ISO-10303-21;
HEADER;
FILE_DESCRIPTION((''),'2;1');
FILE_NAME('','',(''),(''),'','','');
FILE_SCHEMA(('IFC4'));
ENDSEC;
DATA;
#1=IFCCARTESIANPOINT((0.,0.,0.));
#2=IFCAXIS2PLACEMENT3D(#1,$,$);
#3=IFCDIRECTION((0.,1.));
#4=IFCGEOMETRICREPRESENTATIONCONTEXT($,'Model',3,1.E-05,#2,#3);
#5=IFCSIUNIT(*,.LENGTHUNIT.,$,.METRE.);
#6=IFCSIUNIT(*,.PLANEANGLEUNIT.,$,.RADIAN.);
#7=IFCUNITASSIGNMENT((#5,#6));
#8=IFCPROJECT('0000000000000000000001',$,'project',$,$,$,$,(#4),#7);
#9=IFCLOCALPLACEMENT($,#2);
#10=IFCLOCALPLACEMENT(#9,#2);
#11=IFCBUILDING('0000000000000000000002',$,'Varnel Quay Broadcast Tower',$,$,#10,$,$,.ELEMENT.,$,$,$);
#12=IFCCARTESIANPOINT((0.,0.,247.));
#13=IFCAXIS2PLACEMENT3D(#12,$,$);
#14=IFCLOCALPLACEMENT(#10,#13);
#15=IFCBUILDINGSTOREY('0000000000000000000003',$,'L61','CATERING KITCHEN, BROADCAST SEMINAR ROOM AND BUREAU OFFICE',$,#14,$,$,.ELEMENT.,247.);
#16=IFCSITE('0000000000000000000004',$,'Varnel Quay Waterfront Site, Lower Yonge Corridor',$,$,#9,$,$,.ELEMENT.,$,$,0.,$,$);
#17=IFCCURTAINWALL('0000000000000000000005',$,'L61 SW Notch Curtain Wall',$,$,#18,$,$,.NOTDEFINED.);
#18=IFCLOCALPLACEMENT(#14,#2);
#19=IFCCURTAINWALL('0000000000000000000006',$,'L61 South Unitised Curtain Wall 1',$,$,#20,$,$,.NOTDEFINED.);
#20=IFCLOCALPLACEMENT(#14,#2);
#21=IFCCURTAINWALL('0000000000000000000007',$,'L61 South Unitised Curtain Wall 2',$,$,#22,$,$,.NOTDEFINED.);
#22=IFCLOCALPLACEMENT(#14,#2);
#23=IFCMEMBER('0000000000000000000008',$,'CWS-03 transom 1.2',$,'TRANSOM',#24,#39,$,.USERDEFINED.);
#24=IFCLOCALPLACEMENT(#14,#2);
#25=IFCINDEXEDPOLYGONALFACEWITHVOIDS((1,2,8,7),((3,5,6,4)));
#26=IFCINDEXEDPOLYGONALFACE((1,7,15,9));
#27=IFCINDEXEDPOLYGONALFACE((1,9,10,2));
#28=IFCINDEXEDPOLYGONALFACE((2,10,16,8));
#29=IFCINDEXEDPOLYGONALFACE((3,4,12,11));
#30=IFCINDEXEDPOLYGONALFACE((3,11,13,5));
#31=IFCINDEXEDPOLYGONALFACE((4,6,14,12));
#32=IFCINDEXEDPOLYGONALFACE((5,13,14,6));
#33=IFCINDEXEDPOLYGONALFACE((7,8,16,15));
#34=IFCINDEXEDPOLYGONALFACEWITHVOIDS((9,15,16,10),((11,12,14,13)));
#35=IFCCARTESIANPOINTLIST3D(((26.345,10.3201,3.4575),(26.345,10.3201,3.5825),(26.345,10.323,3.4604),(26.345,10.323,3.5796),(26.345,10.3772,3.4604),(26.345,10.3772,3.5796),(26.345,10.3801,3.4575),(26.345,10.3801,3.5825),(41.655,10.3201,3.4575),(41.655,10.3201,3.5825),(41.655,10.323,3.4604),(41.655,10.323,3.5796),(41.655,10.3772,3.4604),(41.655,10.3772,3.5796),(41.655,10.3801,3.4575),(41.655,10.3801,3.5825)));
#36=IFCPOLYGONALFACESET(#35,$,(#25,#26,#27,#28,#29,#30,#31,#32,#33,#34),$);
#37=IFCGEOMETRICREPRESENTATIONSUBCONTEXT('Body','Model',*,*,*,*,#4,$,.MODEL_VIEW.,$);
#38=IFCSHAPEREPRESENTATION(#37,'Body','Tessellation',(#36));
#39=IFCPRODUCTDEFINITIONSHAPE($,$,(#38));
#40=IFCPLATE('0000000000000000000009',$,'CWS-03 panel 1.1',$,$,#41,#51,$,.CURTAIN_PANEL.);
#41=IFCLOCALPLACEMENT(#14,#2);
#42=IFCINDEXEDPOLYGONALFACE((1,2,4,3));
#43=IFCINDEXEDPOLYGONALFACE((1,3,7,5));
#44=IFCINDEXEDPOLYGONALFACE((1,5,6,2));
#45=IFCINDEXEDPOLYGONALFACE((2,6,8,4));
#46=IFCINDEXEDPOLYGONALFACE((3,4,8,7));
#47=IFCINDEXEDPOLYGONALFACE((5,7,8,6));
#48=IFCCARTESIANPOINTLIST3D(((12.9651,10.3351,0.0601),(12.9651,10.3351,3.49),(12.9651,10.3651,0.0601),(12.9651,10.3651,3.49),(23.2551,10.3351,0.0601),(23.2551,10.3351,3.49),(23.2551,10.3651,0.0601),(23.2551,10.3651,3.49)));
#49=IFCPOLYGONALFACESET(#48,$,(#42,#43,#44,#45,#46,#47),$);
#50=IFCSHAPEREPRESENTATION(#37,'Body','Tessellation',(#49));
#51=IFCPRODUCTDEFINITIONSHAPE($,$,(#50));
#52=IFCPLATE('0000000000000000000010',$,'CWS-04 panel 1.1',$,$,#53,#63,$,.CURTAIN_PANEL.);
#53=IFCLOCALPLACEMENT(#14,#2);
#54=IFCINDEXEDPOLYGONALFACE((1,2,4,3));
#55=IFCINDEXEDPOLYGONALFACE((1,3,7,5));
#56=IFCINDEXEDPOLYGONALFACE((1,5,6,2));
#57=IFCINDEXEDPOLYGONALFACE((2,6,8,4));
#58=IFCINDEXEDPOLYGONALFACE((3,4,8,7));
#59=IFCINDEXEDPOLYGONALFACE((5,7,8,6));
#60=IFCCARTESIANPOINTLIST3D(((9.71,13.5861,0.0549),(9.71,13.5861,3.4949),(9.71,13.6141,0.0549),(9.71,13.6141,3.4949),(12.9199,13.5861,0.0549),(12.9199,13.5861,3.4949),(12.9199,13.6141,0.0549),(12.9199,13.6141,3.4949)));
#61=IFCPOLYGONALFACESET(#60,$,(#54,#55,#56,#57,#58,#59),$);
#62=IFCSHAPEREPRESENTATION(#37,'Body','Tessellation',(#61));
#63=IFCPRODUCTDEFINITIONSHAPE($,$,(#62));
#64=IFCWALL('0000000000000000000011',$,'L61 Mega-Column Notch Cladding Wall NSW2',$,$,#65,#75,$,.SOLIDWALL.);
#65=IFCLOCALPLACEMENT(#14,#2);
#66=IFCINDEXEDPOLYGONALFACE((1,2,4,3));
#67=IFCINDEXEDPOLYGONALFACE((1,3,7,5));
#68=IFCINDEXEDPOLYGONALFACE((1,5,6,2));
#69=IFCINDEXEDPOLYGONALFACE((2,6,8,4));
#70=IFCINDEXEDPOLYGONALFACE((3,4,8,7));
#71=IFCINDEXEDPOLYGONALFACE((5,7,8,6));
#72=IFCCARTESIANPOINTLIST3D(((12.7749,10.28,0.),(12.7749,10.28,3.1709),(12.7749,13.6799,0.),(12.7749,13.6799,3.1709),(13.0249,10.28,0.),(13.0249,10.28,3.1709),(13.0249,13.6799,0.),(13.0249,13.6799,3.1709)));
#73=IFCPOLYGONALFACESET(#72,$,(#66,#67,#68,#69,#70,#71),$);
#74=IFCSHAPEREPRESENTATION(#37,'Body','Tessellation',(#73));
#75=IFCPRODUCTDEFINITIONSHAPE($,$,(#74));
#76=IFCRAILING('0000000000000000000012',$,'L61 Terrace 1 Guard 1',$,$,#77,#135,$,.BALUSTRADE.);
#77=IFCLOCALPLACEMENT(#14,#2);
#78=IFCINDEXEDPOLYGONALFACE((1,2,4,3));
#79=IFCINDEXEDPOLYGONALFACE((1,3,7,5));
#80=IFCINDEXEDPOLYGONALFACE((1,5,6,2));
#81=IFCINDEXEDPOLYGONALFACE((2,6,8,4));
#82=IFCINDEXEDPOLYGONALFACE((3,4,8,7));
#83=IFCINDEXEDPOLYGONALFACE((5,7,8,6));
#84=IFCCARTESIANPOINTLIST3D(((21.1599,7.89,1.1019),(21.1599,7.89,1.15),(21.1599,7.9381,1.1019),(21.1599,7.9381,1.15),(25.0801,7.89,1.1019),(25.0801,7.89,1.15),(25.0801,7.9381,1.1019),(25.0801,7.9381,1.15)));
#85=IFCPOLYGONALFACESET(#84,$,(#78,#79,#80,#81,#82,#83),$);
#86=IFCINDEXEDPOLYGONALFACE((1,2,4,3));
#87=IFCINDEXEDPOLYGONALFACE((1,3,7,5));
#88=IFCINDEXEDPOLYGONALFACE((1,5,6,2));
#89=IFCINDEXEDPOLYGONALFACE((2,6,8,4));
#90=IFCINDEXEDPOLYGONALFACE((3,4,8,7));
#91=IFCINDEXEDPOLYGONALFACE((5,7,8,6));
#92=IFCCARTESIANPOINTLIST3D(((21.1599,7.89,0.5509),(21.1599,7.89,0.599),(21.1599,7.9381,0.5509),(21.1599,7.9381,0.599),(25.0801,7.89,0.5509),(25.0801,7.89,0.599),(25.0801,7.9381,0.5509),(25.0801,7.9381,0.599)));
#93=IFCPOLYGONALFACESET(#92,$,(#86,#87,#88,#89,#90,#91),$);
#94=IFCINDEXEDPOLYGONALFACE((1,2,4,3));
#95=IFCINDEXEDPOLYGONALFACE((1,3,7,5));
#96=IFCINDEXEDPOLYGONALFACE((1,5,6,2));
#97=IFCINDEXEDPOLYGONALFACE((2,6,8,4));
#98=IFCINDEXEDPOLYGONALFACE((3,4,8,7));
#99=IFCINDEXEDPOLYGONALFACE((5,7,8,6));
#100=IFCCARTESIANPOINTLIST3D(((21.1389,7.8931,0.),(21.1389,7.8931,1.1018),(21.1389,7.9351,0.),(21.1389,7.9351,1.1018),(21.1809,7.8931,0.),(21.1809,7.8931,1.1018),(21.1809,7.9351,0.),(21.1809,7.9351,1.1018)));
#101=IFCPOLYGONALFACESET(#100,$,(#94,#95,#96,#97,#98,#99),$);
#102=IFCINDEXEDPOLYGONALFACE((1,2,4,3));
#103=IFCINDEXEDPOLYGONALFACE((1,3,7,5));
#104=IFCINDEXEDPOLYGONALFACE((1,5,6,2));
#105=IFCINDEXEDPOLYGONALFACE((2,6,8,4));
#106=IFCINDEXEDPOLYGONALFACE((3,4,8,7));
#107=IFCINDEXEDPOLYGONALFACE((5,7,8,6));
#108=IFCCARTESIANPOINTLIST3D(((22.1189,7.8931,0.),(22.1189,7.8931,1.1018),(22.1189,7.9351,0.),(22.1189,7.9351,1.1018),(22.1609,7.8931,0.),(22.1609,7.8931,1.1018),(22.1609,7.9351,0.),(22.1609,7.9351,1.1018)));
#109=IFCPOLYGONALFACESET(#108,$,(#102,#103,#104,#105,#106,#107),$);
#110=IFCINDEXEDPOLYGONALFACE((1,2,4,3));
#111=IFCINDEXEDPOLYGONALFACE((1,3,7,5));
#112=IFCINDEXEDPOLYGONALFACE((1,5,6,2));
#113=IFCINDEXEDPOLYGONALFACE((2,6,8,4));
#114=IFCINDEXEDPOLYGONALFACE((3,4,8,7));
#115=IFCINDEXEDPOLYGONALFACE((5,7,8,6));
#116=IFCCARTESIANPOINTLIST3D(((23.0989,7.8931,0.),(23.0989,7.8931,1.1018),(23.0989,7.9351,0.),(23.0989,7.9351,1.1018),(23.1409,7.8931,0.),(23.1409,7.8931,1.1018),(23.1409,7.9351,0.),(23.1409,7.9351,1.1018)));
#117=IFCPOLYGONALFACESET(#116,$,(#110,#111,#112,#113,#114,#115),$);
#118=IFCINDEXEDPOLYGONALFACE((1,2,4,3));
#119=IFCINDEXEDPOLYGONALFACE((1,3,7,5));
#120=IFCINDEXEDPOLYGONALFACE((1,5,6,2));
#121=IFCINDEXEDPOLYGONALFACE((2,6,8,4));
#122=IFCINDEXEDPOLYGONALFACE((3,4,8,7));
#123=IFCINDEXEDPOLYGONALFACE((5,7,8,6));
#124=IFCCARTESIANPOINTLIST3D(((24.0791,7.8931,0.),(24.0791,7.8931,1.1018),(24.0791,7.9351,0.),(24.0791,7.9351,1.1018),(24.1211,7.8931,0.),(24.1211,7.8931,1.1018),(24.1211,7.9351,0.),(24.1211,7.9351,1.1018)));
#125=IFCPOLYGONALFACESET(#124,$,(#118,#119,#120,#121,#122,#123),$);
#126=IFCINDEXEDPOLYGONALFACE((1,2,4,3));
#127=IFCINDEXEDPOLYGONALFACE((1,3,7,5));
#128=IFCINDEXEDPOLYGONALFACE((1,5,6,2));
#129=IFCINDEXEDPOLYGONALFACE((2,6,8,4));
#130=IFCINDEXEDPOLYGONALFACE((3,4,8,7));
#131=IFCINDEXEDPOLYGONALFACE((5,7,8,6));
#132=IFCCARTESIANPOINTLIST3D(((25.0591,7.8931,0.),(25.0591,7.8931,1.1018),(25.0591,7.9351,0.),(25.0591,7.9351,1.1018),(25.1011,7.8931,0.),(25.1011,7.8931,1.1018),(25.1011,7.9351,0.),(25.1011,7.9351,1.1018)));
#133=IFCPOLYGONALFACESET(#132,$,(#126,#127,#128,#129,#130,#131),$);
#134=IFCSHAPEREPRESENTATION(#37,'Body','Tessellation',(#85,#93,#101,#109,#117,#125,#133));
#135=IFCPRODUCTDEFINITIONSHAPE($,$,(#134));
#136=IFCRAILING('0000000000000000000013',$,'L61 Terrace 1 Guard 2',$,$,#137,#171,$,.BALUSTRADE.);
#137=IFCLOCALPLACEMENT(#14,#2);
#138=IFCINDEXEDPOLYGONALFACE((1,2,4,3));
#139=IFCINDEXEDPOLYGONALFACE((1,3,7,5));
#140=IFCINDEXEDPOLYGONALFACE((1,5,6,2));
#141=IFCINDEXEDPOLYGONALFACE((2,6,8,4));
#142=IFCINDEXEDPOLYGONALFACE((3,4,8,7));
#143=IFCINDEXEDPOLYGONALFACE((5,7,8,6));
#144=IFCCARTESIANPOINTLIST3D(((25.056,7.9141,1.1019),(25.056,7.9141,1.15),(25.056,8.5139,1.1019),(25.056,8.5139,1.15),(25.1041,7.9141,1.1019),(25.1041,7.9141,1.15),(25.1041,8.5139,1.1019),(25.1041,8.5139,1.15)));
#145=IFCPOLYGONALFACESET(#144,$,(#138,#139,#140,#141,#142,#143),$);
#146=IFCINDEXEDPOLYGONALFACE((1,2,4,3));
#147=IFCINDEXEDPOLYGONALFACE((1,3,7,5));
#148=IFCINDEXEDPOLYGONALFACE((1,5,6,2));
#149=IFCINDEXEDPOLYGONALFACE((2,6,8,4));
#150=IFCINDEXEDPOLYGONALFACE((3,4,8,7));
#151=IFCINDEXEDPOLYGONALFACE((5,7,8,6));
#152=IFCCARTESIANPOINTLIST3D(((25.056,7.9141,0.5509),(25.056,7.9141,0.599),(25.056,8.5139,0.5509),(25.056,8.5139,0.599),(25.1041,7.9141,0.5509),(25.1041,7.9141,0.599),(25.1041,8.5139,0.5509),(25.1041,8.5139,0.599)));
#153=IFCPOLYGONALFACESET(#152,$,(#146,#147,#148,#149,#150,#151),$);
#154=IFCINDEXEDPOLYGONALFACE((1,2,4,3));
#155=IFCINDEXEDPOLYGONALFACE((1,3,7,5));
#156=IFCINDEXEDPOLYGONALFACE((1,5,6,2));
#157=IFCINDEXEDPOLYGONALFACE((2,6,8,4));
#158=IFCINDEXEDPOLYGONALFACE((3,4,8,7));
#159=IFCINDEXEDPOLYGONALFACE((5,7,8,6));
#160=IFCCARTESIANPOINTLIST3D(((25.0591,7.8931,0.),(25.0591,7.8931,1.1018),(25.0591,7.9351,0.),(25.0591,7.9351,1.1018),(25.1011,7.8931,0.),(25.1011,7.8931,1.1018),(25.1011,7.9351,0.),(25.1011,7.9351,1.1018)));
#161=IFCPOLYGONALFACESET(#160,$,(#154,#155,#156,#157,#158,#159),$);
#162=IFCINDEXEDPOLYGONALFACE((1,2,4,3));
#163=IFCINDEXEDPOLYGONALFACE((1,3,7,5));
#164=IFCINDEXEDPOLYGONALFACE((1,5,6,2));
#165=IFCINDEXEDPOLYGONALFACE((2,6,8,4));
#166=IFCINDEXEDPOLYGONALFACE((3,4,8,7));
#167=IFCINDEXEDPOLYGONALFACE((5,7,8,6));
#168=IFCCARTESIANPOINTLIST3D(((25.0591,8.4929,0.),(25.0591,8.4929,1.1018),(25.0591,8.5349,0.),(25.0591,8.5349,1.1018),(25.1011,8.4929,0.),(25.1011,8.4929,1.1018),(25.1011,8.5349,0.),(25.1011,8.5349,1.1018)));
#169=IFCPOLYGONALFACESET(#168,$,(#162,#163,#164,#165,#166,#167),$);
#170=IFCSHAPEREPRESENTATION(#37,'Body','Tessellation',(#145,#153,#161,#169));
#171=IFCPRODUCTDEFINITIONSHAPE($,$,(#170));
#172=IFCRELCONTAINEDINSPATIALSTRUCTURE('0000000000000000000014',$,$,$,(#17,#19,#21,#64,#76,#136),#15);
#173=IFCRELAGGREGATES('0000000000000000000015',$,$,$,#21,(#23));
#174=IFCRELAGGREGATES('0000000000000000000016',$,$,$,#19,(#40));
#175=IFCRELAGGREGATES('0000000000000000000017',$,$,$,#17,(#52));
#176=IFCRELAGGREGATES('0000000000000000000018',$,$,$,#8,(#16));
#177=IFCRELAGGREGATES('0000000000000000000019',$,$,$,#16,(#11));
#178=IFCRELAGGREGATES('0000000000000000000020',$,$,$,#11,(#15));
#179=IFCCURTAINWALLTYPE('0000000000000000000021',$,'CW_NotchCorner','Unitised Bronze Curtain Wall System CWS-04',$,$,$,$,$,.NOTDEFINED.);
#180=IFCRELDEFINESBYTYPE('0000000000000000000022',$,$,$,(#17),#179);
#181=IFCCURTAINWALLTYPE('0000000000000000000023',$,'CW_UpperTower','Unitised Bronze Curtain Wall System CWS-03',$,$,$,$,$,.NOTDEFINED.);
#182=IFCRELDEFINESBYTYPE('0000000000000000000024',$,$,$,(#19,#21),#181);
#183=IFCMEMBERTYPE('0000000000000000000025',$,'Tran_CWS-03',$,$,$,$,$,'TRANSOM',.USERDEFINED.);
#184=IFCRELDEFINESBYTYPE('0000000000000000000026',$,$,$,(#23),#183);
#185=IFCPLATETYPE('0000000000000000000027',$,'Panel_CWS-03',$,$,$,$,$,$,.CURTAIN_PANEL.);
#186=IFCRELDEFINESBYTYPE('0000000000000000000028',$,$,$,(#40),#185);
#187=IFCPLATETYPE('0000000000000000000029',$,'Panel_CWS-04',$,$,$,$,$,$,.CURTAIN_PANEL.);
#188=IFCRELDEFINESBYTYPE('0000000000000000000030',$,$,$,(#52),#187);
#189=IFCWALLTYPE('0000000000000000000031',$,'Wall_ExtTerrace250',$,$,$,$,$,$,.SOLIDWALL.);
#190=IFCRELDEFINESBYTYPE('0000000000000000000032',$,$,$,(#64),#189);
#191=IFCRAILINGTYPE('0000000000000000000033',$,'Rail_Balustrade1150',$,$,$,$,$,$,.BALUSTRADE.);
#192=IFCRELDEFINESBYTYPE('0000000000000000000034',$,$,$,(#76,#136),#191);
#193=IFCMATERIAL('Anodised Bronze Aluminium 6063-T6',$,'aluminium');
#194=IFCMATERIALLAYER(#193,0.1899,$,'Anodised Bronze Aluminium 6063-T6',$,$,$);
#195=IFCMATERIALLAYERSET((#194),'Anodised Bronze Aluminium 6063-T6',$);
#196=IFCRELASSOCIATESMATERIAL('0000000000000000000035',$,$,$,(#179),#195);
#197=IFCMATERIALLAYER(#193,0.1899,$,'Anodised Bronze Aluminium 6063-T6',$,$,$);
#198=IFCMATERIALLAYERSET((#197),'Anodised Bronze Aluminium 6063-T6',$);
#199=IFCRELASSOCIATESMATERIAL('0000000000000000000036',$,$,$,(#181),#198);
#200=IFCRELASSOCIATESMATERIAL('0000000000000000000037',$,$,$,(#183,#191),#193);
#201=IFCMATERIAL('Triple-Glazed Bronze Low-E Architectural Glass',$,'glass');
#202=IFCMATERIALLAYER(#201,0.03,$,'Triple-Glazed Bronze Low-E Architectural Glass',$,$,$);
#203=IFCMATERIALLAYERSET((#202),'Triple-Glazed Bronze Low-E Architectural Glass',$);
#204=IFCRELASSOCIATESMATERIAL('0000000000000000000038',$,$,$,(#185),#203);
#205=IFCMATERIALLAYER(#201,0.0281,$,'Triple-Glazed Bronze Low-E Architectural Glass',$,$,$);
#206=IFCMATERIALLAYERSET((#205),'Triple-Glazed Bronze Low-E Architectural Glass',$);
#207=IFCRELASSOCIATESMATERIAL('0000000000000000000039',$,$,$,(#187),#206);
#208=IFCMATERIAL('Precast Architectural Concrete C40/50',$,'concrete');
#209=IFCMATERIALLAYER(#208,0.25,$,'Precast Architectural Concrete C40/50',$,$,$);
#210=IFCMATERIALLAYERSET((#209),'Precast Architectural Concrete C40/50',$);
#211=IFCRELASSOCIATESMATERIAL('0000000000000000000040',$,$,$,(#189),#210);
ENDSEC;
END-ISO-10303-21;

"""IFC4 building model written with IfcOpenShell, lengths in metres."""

from ifc_helpers import new_model, si_unit, direction, frame, frame_2d, origin, origin_2d, place, context, subcontext, project, spatial, rectangle, hollow_rectangle, extrude, source, transform, mapped, material, layer, layer_set, material_profile, profile_set, type_object, type_shapes, element, aggregate, save


model = new_model("IFC4")

# Units and contexts
model_context = context("Model", 3, precision=1e-05, world=origin(), true_north=direction((0.0, 1.0)))
body_context = subcontext(model_context, "Body", "Model", "MODEL_VIEW")
ifc_project = project(units=[si_unit("LENGTHUNIT", "METRE"), si_unit("PLANEANGLEUNIT", "RADIAN")], contexts=[model_context])

# Site, building, storey
site_placement = place(None, origin())
site = spatial("IfcSite", under=ifc_project, at=site_placement, Name="Varnel Quay Waterfront Site, Lower Yonge Corridor", CompositionType="ELEMENT", RefElevation=0.0)
building_placement = place(site_placement, origin())
building = spatial("IfcBuilding", under=site, at=building_placement, Name="Varnel Quay Broadcast Tower", CompositionType="ELEMENT")
storey_placement = place(building_placement, frame((0.0, 0.0, 247.0)))
storey = spatial("IfcBuildingStorey", under=building, at=storey_placement, Name="L61", Description="CATERING KITCHEN, BROADCAST SEMINAR ROOM AND BUREAU OFFICE", CompositionType="ELEMENT", Elevation=247.0)

# Curtain wall
ifc_material_1 = material(Name="Anodised Bronze Aluminium 6063-T6", Category="aluminium")
ifc_layer_1 = layer(ifc_material_1, 0.1899, Name="Anodised Bronze Aluminium 6063-T6")
ifc_layer_set_1 = layer_set([ifc_layer_1], Name="Anodised Bronze Aluminium 6063-T6")
curtain_wall_type_1 = type_object("IfcCurtainWallType", Name="CW_NotchCorner", Description="Unitised Bronze Curtain Wall System CWS-04", PredefinedType="NOTDEFINED", material=ifc_layer_set_1)
curtain_wall_1_placement = place(storey_placement, origin())
curtain_wall_1 = element("IfcCurtainWall", 1, at=curtain_wall_1_placement, inside=storey, type_object=curtain_wall_type_1, Name="L61 SW Notch Curtain Wall", PredefinedType="NOTDEFINED")

# Curtain wall
ifc_layer_2 = layer(ifc_material_1, 0.1899, Name="Anodised Bronze Aluminium 6063-T6")
ifc_layer_set_2 = layer_set([ifc_layer_2], Name="Anodised Bronze Aluminium 6063-T6")
curtain_wall_type_2 = type_object("IfcCurtainWallType", Name="CW_UpperTower", Description="Unitised Bronze Curtain Wall System CWS-03", PredefinedType="NOTDEFINED", material=ifc_layer_set_2)
curtain_wall_2_placement = place(storey_placement, origin())
curtain_wall_2 = element("IfcCurtainWall", 2, at=curtain_wall_2_placement, inside=storey, type_object=curtain_wall_type_2, Name="L61 South Unitised Curtain Wall 1", PredefinedType="NOTDEFINED")

# Curtain wall
curtain_wall_3_placement = place(storey_placement, origin())
curtain_wall_3 = element("IfcCurtainWall", 3, at=curtain_wall_3_placement, inside=storey, type_object=curtain_wall_type_2, Name="L61 South Unitised Curtain Wall 2", PredefinedType="NOTDEFINED")

# Member
ifc_material_profile_1 = material_profile(ifc_material_1, hollow_rectangle(XDim=0.0601, YDim=0.125, WallThickness=0.0029, at=origin_2d()), Name="ALU60X125X3")
ifc_profile_set_1 = profile_set([ifc_material_profile_1], Name="Anodised Bronze Aluminium 6063-T6")
member_type_1 = type_object("IfcMemberType", Name="Tran_CWS-03", ElementType="TRANSOM", PredefinedType="USERDEFINED", material=ifc_profile_set_1)
shared_shape_1 = source(origin(), body_context, "Body", "SweptSolid", [
    extrude(hollow_rectangle(XDim=0.0601, YDim=0.125, WallThickness=0.0029, at=origin_2d()), origin(), (0.0, 0.0, 1.0), 15.3101),
])
member_1_placement = place(storey_placement, frame((26.345, 10.3501, 3.52), z_axis=(1.0, 0.0, 0.0), x_axis=(0.0, 1.0, 0.0)))
member_1 = element("IfcMember", 4, at=member_1_placement, type_object=member_type_1, Name="CWS-03 transom 1.2", ObjectType="TRANSOM", PredefinedType="USERDEFINED", context=body_context, shape_type="MappedRepresentation", body=[
    mapped(shared_shape_1, transform((0.0, 0.0, 0.0), x_axis=(1.0, 0.0, 0.0), y_axis=(0.0, 1.0, 0.0), z_axis=(0.0, 0.0, 1.0), scale=1.0)),
])
aggregate(curtain_wall_3, [member_1])

# Plates
ifc_material_2 = material(Name="Triple-Glazed Bronze Low-E Architectural Glass", Category="glass")
ifc_layer_3 = layer(ifc_material_2, 0.03, Name="Triple-Glazed Bronze Low-E Architectural Glass")
ifc_layer_set_3 = layer_set([ifc_layer_3], Name="Triple-Glazed Bronze Low-E Architectural Glass")
plate_type_1 = type_object("IfcPlateType", Name="Panel_CWS-03", PredefinedType="CURTAIN_PANEL", material=ifc_layer_set_3)
shared_shape_2 = source(origin(), body_context, "Body", "SweptSolid", [
    extrude(rectangle(XDim=10.29, YDim=0.03, at=origin_2d()), origin(), (0.0, 0.0, 1.0), 3.4299),
])
type_shapes(plate_type_1, [shared_shape_2])
plate_1_placement = place(storey_placement, frame((18.1101, 10.3501, 0.0601), z_axis=(0.0, 0.0, 1.0), x_axis=(1.0, 0.0, 0.0)))
plate_1 = element("IfcPlate", 5, at=plate_1_placement, type_object=plate_type_1, Name="CWS-03 panel 1.1", PredefinedType="CURTAIN_PANEL", context=body_context, shape_type="MappedRepresentation", body=[
    mapped(shared_shape_2, transform((0.0, 0.0, 0.0), x_axis=(1.0, 0.0, 0.0), y_axis=(0.0, 1.0, 0.0), z_axis=(0.0, 0.0, 1.0), scale=1.0)),
])
aggregate(curtain_wall_2, [plate_1])
ifc_layer_4 = layer(ifc_material_2, 0.0281, Name="Triple-Glazed Bronze Low-E Architectural Glass")
ifc_layer_set_4 = layer_set([ifc_layer_4], Name="Triple-Glazed Bronze Low-E Architectural Glass")
plate_type_2 = type_object("IfcPlateType", Name="Panel_CWS-04", PredefinedType="CURTAIN_PANEL", material=ifc_layer_set_4)
shared_shape_3 = source(origin(), body_context, "Body", "SweptSolid", [
    extrude(rectangle(XDim=3.21, YDim=0.0281, at=origin_2d()), origin(), (0.0, 0.0, 1.0), 3.4399),
])
type_shapes(plate_type_2, [shared_shape_3])
plate_2_placement = place(storey_placement, frame((11.3149, 13.6001, 0.0549), z_axis=(0.0, 0.0, 1.0), x_axis=(1.0, 0.0, 0.0)))
plate_2 = element("IfcPlate", 6, at=plate_2_placement, type_object=plate_type_2, Name="CWS-04 panel 1.1", PredefinedType="CURTAIN_PANEL", context=body_context, shape_type="MappedRepresentation", body=[
    mapped(shared_shape_3, transform((0.0, 0.0, 0.0), x_axis=(1.0, 0.0, 0.0), y_axis=(0.0, 1.0, 0.0), z_axis=(0.0, 0.0, 1.0), scale=1.0)),
])
aggregate(curtain_wall_1, [plate_2])

# Shared definitions
ifc_material_3 = material(Name="Precast Architectural Concrete C40/50", Category="concrete")
ifc_layer_5 = layer(ifc_material_3, 0.25, Name="Precast Architectural Concrete C40/50")
ifc_layer_set_5 = layer_set([ifc_layer_5], Name="Precast Architectural Concrete C40/50")
wall_type = type_object("IfcWallType", Name="Wall_ExtTerrace250", PredefinedType="SOLIDWALL", material=ifc_layer_set_5)

# Wall
wall_1_placement = place(storey_placement, frame((12.8999, 10.28, 0.0), z_axis=(0.0, 0.0, 1.0), x_axis=(0.0, 1.0, 0.0)))
element("IfcWall", 7, at=wall_1_placement, inside=storey, type_object=wall_type, Name="L61 Mega-Column Notch Cladding Wall NSW2", PredefinedType="SOLIDWALL", context=body_context, shape_type="SweptSolid", body=[
    extrude(rectangle(XDim=3.3999, YDim=0.25, at=frame_2d((1.7, 0.0))), origin(), (0.0, 0.0, 1.0), 3.1709),
])

# Railings
railing_type = type_object("IfcRailingType", Name="Rail_Balustrade1150", PredefinedType="BALUSTRADE", material=ifc_material_1)
railing_1_placement = place(storey_placement, frame((21.1599, 7.9141, 0.0)))
element("IfcRailing", 8, at=railing_1_placement, inside=storey, type_object=railing_type, Name="L61 Terrace 1 Guard 1", PredefinedType="BALUSTRADE", context=body_context, shape_type="SweptSolid", body=[
    extrude(rectangle(XDim=0.0481, YDim=0.0481, at=origin_2d()), frame((0.0, 0.0, 1.126), z_axis=(1.0, 0.0, 0.0), x_axis=(0.0, 1.0, 0.0)), (0.0, 0.0, 1.0), 3.9202),
    extrude(rectangle(XDim=0.0481, YDim=0.0481, at=origin_2d()), frame((0.0, 0.0, 0.575), z_axis=(1.0, 0.0, 0.0), x_axis=(0.0, 1.0, 0.0)), (0.0, 0.0, 1.0), 3.9202),
    extrude(rectangle(XDim=0.042, YDim=0.042, at=origin_2d()), origin(), (0.0, 0.0, 1.0), 1.1018),
    extrude(rectangle(XDim=0.042, YDim=0.042, at=origin_2d()), frame((0.98, 0.0, 0.0)), (0.0, 0.0, 1.0), 1.1018),
    extrude(rectangle(XDim=0.042, YDim=0.042, at=origin_2d()), frame((1.96, 0.0, 0.0)), (0.0, 0.0, 1.0), 1.1018),
    extrude(rectangle(XDim=0.042, YDim=0.042, at=origin_2d()), frame((2.9402, 0.0, 0.0)), (0.0, 0.0, 1.0), 1.1018),
    extrude(rectangle(XDim=0.042, YDim=0.042, at=origin_2d()), frame((3.9202, 0.0, 0.0)), (0.0, 0.0, 1.0), 1.1018),
])
railing_2_placement = place(storey_placement, frame((25.0801, 7.9141, 0.0)))
element("IfcRailing", 9, at=railing_2_placement, inside=storey, type_object=railing_type, Name="L61 Terrace 1 Guard 2", PredefinedType="BALUSTRADE", context=body_context, shape_type="SweptSolid", body=[
    extrude(rectangle(XDim=0.0481, YDim=0.0481, at=origin_2d()), frame((0.0, 0.0, 1.126), z_axis=(0.0, 1.0, 0.0), x_axis=(-1.0, 0.0, 0.0)), (0.0, 0.0, 1.0), 0.5999),
    extrude(rectangle(XDim=0.0481, YDim=0.0481, at=origin_2d()), frame((0.0, 0.0, 0.575), z_axis=(0.0, 1.0, 0.0), x_axis=(-1.0, 0.0, 0.0)), (0.0, 0.0, 1.0), 0.5999),
    extrude(rectangle(XDim=0.042, YDim=0.042, at=origin_2d()), origin(), (0.0, 0.0, 1.0), 1.1018),
    extrude(rectangle(XDim=0.042, YDim=0.042, at=origin_2d()), frame((0.0, 0.5999, 0.0)), (0.0, 0.0, 1.0), 1.1018),
])

save(model, "model.ifc")
